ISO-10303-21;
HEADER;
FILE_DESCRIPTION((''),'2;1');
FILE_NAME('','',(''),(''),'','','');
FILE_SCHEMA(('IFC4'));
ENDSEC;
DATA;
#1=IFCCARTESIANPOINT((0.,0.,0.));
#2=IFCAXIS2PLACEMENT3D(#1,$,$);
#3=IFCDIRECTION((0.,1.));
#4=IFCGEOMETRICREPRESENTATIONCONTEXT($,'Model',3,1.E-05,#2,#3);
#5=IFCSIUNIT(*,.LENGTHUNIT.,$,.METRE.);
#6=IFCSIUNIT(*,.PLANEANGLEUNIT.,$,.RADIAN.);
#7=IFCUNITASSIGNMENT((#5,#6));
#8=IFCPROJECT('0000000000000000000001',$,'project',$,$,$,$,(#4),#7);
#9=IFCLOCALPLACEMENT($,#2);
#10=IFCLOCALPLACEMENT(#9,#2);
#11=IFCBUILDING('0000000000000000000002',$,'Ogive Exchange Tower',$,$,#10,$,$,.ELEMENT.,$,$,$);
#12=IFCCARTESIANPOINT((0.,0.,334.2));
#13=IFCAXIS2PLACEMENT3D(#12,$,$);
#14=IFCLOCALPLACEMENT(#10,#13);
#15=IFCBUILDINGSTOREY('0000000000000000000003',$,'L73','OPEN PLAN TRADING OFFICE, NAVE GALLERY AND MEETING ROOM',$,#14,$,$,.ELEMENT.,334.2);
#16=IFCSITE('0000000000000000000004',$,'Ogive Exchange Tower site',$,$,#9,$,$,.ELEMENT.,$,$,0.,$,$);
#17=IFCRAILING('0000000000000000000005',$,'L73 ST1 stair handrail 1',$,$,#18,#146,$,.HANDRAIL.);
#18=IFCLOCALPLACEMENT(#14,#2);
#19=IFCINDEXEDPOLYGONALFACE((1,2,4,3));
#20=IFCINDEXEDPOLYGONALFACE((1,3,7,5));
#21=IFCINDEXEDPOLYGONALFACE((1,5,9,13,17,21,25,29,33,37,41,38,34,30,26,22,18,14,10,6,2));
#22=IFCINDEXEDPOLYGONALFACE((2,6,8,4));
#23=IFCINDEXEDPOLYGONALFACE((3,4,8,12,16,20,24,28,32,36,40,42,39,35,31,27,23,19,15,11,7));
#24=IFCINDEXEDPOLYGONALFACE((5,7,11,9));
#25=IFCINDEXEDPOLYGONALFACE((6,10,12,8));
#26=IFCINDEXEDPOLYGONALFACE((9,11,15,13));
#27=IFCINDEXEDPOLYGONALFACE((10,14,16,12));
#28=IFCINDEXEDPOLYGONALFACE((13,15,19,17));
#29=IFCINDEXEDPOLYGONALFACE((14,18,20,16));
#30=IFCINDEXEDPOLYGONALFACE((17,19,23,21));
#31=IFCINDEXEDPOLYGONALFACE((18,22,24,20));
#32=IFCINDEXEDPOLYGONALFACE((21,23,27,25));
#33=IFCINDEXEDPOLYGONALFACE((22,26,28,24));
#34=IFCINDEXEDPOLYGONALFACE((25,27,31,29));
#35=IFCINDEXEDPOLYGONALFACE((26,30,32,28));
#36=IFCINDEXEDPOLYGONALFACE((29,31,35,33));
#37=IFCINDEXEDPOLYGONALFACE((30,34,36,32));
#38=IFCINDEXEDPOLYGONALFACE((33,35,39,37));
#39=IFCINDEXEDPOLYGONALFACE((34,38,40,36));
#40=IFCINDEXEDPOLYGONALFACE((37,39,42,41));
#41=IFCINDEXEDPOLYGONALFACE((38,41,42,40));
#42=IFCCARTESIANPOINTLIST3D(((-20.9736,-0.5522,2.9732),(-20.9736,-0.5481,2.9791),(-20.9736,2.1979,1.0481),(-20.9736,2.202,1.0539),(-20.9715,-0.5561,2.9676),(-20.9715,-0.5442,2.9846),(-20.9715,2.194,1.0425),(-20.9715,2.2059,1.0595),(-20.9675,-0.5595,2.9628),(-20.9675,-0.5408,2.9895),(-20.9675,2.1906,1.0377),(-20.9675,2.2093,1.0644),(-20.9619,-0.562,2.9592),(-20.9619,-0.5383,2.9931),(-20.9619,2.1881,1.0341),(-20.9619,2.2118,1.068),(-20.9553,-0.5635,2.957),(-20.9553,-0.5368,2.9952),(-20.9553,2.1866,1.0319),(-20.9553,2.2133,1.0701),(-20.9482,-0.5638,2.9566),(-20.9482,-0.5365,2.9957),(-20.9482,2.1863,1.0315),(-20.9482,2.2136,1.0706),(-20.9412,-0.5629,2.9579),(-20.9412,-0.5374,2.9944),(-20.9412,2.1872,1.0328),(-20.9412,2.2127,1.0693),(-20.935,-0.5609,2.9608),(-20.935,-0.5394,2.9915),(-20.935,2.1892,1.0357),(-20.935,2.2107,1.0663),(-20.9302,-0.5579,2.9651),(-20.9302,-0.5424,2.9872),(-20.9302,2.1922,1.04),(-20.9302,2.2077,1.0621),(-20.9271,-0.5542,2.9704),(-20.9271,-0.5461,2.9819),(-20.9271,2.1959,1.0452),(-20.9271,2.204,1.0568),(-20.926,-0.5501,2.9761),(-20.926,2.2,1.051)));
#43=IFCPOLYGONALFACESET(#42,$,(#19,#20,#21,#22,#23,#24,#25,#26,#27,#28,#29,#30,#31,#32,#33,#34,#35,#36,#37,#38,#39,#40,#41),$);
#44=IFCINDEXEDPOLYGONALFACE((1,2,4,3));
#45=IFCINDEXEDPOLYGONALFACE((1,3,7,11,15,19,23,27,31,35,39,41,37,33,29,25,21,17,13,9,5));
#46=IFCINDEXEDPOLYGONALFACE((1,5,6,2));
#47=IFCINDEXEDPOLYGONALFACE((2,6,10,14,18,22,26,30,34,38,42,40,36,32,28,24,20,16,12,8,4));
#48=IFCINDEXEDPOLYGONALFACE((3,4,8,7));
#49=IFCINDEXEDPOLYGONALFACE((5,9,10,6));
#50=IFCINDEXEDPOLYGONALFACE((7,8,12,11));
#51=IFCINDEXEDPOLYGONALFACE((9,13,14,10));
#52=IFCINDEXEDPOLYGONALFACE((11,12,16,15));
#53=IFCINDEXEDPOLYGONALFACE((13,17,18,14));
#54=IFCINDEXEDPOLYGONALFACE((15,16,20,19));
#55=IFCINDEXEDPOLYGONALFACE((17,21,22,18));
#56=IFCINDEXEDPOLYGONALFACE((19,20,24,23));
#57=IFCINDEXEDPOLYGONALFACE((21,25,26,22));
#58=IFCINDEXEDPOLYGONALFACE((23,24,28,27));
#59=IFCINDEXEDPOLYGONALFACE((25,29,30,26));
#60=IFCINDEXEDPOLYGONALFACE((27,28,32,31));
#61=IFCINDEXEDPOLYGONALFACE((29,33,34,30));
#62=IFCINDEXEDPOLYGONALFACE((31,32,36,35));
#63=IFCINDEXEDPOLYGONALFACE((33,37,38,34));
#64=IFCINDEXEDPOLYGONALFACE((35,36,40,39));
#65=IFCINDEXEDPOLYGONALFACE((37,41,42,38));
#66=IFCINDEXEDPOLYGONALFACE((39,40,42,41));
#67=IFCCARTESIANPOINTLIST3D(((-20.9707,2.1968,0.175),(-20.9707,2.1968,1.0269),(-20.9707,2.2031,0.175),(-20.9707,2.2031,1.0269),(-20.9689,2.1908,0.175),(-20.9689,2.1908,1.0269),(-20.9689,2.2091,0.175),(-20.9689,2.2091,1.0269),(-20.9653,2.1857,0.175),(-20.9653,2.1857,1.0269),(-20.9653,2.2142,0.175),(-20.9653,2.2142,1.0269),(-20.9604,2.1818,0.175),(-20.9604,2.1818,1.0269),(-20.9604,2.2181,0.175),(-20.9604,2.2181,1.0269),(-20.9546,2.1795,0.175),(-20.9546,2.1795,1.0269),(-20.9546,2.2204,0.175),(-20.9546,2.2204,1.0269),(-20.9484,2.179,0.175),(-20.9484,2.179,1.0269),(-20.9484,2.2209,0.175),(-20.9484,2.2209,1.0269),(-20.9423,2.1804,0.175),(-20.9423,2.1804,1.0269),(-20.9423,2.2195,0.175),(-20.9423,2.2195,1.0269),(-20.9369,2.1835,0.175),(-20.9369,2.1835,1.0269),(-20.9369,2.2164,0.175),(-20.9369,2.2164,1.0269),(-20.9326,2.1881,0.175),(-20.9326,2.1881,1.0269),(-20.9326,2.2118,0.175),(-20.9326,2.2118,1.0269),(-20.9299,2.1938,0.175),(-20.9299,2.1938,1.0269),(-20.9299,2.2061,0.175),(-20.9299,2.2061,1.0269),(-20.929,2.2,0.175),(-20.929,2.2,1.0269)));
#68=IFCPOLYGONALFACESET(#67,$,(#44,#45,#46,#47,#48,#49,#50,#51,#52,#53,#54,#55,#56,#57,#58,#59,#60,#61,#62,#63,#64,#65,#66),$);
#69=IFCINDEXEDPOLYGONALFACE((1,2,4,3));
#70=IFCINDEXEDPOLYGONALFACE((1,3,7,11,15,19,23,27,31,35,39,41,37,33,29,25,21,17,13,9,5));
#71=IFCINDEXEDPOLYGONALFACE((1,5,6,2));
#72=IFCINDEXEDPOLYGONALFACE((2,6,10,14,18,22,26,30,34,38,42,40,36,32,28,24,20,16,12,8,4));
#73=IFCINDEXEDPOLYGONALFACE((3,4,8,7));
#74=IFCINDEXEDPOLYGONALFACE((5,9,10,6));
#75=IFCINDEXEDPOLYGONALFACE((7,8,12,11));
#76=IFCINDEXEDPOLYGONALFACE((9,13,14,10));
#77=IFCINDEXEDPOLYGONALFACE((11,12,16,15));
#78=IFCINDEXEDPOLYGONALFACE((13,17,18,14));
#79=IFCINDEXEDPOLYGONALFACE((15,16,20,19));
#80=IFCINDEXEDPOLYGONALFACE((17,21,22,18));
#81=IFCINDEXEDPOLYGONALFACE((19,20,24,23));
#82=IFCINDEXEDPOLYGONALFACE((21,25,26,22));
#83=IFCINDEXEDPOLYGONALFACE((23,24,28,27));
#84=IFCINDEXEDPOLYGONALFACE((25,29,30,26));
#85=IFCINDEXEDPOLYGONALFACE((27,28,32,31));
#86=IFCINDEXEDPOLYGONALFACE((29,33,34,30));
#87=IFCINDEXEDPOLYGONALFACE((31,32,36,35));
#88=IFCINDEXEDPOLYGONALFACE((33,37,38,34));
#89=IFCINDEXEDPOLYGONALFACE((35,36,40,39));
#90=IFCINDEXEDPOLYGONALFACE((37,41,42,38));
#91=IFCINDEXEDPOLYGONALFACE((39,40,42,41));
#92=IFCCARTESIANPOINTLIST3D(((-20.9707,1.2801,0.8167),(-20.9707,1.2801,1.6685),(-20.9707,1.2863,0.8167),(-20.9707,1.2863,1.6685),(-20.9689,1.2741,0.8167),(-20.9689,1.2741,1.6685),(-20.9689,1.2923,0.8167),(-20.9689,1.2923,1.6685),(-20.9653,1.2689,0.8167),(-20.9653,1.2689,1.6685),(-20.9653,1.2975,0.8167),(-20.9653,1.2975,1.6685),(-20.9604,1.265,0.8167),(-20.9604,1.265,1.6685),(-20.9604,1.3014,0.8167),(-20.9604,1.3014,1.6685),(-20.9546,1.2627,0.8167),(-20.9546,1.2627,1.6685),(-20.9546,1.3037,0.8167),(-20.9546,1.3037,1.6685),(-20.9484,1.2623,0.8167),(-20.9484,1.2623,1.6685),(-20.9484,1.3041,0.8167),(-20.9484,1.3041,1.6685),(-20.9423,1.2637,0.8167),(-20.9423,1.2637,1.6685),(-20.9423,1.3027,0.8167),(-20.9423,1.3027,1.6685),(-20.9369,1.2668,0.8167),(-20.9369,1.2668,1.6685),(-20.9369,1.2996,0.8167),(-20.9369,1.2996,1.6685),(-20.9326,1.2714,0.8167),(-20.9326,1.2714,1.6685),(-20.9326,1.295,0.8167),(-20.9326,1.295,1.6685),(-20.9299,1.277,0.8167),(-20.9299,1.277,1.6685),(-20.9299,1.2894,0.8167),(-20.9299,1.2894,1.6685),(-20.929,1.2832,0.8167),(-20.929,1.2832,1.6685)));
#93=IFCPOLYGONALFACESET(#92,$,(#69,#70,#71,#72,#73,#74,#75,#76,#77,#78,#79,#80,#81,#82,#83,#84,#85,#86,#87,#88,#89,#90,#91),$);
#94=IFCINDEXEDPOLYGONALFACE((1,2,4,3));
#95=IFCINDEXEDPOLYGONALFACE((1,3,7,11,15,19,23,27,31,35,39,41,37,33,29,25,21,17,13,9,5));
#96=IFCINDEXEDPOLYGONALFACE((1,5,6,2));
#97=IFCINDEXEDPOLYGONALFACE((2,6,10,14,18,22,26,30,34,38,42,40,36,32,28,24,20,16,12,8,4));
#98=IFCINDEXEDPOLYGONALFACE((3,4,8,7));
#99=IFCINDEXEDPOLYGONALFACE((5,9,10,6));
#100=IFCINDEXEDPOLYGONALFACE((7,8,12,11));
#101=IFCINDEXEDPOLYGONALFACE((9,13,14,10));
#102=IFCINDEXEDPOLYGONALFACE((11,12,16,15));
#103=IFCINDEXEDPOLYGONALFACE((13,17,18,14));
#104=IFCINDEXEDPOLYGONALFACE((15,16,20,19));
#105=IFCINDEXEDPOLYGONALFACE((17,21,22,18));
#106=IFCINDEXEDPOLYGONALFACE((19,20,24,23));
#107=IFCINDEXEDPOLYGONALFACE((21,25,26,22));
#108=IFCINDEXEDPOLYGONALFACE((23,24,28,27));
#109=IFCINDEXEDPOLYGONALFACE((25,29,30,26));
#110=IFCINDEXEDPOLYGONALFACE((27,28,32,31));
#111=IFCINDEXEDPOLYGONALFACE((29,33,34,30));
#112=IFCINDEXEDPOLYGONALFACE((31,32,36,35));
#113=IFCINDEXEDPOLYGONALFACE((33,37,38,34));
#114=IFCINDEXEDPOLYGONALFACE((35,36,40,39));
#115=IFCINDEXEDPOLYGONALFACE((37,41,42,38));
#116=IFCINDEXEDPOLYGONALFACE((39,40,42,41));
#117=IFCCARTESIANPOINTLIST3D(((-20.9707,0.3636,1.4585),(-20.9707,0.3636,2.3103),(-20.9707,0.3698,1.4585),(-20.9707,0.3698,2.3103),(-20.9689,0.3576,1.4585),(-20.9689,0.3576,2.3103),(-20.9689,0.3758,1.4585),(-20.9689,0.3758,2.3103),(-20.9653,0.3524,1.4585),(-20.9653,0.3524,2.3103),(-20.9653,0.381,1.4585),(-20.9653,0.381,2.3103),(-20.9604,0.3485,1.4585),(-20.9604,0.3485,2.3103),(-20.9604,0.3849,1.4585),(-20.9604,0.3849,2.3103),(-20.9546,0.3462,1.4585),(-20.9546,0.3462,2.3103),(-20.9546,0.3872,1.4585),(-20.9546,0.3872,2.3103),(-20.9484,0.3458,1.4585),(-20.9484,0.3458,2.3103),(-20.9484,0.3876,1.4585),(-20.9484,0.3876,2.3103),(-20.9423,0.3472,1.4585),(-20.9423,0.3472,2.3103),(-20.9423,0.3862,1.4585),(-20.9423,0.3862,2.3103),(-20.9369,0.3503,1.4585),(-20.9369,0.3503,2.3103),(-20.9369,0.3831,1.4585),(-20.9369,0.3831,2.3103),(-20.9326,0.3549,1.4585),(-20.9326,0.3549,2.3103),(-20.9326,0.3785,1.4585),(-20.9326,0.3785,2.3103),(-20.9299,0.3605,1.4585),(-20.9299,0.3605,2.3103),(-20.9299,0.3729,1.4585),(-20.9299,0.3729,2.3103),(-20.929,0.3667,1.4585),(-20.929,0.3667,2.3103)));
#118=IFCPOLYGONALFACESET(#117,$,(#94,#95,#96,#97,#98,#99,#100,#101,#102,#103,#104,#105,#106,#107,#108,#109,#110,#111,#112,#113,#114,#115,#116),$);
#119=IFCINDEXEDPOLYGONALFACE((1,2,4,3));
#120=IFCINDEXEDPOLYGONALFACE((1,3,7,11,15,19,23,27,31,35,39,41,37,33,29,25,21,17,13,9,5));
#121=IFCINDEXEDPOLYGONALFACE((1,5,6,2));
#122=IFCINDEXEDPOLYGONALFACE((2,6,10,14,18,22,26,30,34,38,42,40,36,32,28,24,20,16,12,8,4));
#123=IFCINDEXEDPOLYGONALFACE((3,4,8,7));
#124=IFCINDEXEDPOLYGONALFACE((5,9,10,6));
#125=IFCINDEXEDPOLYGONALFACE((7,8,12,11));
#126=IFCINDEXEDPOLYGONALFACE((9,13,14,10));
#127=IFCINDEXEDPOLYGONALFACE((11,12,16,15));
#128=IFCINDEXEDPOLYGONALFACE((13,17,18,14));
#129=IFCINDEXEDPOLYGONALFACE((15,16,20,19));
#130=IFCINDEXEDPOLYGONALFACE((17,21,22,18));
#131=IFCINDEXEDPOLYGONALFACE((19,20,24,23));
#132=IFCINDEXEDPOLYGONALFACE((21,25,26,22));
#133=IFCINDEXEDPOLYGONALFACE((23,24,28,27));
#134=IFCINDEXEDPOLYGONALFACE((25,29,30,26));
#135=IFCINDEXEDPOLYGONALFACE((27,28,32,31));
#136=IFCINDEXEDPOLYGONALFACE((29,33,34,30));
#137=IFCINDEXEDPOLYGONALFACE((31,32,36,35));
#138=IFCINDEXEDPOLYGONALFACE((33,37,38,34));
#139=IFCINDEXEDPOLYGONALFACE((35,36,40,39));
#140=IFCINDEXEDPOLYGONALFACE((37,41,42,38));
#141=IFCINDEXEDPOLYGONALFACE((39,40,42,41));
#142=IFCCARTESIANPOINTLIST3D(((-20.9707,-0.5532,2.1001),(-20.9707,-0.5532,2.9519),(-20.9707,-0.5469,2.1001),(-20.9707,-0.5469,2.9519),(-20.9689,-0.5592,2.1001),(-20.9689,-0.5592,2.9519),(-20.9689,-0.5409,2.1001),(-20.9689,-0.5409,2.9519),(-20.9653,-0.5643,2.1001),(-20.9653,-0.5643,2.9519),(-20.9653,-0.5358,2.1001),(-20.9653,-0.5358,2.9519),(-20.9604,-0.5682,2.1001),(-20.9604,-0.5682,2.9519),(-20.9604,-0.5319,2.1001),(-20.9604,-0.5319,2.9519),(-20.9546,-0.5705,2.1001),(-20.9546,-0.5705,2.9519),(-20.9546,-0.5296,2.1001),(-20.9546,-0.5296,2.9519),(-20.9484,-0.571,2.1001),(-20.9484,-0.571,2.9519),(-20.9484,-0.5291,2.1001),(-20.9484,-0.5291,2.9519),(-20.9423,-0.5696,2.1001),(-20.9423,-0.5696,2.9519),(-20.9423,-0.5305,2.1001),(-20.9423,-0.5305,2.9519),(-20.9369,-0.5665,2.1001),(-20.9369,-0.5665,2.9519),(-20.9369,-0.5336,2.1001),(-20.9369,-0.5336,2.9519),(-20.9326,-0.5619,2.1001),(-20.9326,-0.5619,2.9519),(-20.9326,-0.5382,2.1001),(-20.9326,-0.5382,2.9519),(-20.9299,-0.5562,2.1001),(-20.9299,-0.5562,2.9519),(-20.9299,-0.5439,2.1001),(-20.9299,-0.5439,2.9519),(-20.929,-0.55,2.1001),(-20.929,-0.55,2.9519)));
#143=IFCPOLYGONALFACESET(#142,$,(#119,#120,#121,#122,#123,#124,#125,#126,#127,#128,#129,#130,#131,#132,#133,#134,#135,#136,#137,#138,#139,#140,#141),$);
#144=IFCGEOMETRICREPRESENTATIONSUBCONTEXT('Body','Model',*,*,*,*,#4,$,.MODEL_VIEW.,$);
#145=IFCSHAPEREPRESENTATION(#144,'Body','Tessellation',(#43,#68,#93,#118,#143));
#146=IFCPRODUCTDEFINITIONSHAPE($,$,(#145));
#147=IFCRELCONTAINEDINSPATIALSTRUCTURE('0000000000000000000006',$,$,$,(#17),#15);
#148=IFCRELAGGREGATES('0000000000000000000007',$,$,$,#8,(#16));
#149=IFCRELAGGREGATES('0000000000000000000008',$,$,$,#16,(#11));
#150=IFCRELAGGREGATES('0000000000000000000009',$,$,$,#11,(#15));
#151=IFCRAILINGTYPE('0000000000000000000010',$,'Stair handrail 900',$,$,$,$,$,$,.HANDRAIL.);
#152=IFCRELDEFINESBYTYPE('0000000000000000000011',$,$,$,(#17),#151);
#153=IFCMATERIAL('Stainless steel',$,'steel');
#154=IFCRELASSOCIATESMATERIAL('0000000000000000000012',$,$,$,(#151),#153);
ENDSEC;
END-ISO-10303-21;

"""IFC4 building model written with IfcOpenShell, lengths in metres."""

from ifc_helpers import new_model, si_unit, direction, frame, origin, origin_2d, place, context, subcontext, project, spatial, circle, extrude, material, type_object, element, save


model = new_model("IFC4")

# Units and contexts
model_context = context("Model", 3, precision=1e-05, world=origin(), true_north=direction((0.0, 1.0)))
body_context = subcontext(model_context, "Body", "Model", "MODEL_VIEW")
ifc_project = project(units=[si_unit("LENGTHUNIT", "METRE"), si_unit("PLANEANGLEUNIT", "RADIAN")], contexts=[model_context])

# Site, building, storey
site_placement = place(None, origin())
site = spatial("IfcSite", under=ifc_project, at=site_placement, Name="Ogive Exchange Tower site", CompositionType="ELEMENT", RefElevation=0.0)
building_placement = place(site_placement, origin())
building = spatial("IfcBuilding", under=site, at=building_placement, Name="Ogive Exchange Tower", CompositionType="ELEMENT")
storey_placement = place(building_placement, frame((0.0, 0.0, 334.2)))
storey = spatial("IfcBuildingStorey", under=building, at=storey_placement, Name="L73", Description="OPEN PLAN TRADING OFFICE, NAVE GALLERY AND MEETING ROOM", CompositionType="ELEMENT", Elevation=334.2)

# Shared definitions
ifc_material_1 = material(Name="Stainless steel", Category="steel")

# Railing
railing_type = type_object("IfcRailingType", Name="Stair handrail 900", PredefinedType="HANDRAIL", material=ifc_material_1)
railing_placement = place(storey_placement, frame((-20.95, 2.2, 0.175)))
element("IfcRailing", 1, at=railing_placement, inside=storey, type_object=railing_type, Name="L73 ST1 stair handrail 1", PredefinedType="HANDRAIL", context=body_context, shape_type="SweptSolid", body=[
    extrude(circle(Radius=0.0239, at=origin_2d()), frame((0.0, 0.0, 0.876), z_axis=(0.0, -0.819225, 0.573472), x_axis=(1.0, 0.0, 0.0)), (0.0, 0.0, 1.0), 3.3569),
    extrude(circle(Radius=0.021, at=origin_2d()), origin(), (0.0, 0.0, 1.0), 0.8518),
    extrude(circle(Radius=0.021, at=origin_2d()), frame((0.0, -0.9167, 0.6416)), (0.0, 0.0, 1.0), 0.8518),
    extrude(circle(Radius=0.021, at=origin_2d()), frame((0.0, -1.8333, 1.2834)), (0.0, 0.0, 1.0), 0.8518),
    extrude(circle(Radius=0.021, at=origin_2d()), frame((0.0, -2.75, 1.925)), (0.0, 0.0, 1.0), 0.8518),
])

save(model, "model.ifc")
